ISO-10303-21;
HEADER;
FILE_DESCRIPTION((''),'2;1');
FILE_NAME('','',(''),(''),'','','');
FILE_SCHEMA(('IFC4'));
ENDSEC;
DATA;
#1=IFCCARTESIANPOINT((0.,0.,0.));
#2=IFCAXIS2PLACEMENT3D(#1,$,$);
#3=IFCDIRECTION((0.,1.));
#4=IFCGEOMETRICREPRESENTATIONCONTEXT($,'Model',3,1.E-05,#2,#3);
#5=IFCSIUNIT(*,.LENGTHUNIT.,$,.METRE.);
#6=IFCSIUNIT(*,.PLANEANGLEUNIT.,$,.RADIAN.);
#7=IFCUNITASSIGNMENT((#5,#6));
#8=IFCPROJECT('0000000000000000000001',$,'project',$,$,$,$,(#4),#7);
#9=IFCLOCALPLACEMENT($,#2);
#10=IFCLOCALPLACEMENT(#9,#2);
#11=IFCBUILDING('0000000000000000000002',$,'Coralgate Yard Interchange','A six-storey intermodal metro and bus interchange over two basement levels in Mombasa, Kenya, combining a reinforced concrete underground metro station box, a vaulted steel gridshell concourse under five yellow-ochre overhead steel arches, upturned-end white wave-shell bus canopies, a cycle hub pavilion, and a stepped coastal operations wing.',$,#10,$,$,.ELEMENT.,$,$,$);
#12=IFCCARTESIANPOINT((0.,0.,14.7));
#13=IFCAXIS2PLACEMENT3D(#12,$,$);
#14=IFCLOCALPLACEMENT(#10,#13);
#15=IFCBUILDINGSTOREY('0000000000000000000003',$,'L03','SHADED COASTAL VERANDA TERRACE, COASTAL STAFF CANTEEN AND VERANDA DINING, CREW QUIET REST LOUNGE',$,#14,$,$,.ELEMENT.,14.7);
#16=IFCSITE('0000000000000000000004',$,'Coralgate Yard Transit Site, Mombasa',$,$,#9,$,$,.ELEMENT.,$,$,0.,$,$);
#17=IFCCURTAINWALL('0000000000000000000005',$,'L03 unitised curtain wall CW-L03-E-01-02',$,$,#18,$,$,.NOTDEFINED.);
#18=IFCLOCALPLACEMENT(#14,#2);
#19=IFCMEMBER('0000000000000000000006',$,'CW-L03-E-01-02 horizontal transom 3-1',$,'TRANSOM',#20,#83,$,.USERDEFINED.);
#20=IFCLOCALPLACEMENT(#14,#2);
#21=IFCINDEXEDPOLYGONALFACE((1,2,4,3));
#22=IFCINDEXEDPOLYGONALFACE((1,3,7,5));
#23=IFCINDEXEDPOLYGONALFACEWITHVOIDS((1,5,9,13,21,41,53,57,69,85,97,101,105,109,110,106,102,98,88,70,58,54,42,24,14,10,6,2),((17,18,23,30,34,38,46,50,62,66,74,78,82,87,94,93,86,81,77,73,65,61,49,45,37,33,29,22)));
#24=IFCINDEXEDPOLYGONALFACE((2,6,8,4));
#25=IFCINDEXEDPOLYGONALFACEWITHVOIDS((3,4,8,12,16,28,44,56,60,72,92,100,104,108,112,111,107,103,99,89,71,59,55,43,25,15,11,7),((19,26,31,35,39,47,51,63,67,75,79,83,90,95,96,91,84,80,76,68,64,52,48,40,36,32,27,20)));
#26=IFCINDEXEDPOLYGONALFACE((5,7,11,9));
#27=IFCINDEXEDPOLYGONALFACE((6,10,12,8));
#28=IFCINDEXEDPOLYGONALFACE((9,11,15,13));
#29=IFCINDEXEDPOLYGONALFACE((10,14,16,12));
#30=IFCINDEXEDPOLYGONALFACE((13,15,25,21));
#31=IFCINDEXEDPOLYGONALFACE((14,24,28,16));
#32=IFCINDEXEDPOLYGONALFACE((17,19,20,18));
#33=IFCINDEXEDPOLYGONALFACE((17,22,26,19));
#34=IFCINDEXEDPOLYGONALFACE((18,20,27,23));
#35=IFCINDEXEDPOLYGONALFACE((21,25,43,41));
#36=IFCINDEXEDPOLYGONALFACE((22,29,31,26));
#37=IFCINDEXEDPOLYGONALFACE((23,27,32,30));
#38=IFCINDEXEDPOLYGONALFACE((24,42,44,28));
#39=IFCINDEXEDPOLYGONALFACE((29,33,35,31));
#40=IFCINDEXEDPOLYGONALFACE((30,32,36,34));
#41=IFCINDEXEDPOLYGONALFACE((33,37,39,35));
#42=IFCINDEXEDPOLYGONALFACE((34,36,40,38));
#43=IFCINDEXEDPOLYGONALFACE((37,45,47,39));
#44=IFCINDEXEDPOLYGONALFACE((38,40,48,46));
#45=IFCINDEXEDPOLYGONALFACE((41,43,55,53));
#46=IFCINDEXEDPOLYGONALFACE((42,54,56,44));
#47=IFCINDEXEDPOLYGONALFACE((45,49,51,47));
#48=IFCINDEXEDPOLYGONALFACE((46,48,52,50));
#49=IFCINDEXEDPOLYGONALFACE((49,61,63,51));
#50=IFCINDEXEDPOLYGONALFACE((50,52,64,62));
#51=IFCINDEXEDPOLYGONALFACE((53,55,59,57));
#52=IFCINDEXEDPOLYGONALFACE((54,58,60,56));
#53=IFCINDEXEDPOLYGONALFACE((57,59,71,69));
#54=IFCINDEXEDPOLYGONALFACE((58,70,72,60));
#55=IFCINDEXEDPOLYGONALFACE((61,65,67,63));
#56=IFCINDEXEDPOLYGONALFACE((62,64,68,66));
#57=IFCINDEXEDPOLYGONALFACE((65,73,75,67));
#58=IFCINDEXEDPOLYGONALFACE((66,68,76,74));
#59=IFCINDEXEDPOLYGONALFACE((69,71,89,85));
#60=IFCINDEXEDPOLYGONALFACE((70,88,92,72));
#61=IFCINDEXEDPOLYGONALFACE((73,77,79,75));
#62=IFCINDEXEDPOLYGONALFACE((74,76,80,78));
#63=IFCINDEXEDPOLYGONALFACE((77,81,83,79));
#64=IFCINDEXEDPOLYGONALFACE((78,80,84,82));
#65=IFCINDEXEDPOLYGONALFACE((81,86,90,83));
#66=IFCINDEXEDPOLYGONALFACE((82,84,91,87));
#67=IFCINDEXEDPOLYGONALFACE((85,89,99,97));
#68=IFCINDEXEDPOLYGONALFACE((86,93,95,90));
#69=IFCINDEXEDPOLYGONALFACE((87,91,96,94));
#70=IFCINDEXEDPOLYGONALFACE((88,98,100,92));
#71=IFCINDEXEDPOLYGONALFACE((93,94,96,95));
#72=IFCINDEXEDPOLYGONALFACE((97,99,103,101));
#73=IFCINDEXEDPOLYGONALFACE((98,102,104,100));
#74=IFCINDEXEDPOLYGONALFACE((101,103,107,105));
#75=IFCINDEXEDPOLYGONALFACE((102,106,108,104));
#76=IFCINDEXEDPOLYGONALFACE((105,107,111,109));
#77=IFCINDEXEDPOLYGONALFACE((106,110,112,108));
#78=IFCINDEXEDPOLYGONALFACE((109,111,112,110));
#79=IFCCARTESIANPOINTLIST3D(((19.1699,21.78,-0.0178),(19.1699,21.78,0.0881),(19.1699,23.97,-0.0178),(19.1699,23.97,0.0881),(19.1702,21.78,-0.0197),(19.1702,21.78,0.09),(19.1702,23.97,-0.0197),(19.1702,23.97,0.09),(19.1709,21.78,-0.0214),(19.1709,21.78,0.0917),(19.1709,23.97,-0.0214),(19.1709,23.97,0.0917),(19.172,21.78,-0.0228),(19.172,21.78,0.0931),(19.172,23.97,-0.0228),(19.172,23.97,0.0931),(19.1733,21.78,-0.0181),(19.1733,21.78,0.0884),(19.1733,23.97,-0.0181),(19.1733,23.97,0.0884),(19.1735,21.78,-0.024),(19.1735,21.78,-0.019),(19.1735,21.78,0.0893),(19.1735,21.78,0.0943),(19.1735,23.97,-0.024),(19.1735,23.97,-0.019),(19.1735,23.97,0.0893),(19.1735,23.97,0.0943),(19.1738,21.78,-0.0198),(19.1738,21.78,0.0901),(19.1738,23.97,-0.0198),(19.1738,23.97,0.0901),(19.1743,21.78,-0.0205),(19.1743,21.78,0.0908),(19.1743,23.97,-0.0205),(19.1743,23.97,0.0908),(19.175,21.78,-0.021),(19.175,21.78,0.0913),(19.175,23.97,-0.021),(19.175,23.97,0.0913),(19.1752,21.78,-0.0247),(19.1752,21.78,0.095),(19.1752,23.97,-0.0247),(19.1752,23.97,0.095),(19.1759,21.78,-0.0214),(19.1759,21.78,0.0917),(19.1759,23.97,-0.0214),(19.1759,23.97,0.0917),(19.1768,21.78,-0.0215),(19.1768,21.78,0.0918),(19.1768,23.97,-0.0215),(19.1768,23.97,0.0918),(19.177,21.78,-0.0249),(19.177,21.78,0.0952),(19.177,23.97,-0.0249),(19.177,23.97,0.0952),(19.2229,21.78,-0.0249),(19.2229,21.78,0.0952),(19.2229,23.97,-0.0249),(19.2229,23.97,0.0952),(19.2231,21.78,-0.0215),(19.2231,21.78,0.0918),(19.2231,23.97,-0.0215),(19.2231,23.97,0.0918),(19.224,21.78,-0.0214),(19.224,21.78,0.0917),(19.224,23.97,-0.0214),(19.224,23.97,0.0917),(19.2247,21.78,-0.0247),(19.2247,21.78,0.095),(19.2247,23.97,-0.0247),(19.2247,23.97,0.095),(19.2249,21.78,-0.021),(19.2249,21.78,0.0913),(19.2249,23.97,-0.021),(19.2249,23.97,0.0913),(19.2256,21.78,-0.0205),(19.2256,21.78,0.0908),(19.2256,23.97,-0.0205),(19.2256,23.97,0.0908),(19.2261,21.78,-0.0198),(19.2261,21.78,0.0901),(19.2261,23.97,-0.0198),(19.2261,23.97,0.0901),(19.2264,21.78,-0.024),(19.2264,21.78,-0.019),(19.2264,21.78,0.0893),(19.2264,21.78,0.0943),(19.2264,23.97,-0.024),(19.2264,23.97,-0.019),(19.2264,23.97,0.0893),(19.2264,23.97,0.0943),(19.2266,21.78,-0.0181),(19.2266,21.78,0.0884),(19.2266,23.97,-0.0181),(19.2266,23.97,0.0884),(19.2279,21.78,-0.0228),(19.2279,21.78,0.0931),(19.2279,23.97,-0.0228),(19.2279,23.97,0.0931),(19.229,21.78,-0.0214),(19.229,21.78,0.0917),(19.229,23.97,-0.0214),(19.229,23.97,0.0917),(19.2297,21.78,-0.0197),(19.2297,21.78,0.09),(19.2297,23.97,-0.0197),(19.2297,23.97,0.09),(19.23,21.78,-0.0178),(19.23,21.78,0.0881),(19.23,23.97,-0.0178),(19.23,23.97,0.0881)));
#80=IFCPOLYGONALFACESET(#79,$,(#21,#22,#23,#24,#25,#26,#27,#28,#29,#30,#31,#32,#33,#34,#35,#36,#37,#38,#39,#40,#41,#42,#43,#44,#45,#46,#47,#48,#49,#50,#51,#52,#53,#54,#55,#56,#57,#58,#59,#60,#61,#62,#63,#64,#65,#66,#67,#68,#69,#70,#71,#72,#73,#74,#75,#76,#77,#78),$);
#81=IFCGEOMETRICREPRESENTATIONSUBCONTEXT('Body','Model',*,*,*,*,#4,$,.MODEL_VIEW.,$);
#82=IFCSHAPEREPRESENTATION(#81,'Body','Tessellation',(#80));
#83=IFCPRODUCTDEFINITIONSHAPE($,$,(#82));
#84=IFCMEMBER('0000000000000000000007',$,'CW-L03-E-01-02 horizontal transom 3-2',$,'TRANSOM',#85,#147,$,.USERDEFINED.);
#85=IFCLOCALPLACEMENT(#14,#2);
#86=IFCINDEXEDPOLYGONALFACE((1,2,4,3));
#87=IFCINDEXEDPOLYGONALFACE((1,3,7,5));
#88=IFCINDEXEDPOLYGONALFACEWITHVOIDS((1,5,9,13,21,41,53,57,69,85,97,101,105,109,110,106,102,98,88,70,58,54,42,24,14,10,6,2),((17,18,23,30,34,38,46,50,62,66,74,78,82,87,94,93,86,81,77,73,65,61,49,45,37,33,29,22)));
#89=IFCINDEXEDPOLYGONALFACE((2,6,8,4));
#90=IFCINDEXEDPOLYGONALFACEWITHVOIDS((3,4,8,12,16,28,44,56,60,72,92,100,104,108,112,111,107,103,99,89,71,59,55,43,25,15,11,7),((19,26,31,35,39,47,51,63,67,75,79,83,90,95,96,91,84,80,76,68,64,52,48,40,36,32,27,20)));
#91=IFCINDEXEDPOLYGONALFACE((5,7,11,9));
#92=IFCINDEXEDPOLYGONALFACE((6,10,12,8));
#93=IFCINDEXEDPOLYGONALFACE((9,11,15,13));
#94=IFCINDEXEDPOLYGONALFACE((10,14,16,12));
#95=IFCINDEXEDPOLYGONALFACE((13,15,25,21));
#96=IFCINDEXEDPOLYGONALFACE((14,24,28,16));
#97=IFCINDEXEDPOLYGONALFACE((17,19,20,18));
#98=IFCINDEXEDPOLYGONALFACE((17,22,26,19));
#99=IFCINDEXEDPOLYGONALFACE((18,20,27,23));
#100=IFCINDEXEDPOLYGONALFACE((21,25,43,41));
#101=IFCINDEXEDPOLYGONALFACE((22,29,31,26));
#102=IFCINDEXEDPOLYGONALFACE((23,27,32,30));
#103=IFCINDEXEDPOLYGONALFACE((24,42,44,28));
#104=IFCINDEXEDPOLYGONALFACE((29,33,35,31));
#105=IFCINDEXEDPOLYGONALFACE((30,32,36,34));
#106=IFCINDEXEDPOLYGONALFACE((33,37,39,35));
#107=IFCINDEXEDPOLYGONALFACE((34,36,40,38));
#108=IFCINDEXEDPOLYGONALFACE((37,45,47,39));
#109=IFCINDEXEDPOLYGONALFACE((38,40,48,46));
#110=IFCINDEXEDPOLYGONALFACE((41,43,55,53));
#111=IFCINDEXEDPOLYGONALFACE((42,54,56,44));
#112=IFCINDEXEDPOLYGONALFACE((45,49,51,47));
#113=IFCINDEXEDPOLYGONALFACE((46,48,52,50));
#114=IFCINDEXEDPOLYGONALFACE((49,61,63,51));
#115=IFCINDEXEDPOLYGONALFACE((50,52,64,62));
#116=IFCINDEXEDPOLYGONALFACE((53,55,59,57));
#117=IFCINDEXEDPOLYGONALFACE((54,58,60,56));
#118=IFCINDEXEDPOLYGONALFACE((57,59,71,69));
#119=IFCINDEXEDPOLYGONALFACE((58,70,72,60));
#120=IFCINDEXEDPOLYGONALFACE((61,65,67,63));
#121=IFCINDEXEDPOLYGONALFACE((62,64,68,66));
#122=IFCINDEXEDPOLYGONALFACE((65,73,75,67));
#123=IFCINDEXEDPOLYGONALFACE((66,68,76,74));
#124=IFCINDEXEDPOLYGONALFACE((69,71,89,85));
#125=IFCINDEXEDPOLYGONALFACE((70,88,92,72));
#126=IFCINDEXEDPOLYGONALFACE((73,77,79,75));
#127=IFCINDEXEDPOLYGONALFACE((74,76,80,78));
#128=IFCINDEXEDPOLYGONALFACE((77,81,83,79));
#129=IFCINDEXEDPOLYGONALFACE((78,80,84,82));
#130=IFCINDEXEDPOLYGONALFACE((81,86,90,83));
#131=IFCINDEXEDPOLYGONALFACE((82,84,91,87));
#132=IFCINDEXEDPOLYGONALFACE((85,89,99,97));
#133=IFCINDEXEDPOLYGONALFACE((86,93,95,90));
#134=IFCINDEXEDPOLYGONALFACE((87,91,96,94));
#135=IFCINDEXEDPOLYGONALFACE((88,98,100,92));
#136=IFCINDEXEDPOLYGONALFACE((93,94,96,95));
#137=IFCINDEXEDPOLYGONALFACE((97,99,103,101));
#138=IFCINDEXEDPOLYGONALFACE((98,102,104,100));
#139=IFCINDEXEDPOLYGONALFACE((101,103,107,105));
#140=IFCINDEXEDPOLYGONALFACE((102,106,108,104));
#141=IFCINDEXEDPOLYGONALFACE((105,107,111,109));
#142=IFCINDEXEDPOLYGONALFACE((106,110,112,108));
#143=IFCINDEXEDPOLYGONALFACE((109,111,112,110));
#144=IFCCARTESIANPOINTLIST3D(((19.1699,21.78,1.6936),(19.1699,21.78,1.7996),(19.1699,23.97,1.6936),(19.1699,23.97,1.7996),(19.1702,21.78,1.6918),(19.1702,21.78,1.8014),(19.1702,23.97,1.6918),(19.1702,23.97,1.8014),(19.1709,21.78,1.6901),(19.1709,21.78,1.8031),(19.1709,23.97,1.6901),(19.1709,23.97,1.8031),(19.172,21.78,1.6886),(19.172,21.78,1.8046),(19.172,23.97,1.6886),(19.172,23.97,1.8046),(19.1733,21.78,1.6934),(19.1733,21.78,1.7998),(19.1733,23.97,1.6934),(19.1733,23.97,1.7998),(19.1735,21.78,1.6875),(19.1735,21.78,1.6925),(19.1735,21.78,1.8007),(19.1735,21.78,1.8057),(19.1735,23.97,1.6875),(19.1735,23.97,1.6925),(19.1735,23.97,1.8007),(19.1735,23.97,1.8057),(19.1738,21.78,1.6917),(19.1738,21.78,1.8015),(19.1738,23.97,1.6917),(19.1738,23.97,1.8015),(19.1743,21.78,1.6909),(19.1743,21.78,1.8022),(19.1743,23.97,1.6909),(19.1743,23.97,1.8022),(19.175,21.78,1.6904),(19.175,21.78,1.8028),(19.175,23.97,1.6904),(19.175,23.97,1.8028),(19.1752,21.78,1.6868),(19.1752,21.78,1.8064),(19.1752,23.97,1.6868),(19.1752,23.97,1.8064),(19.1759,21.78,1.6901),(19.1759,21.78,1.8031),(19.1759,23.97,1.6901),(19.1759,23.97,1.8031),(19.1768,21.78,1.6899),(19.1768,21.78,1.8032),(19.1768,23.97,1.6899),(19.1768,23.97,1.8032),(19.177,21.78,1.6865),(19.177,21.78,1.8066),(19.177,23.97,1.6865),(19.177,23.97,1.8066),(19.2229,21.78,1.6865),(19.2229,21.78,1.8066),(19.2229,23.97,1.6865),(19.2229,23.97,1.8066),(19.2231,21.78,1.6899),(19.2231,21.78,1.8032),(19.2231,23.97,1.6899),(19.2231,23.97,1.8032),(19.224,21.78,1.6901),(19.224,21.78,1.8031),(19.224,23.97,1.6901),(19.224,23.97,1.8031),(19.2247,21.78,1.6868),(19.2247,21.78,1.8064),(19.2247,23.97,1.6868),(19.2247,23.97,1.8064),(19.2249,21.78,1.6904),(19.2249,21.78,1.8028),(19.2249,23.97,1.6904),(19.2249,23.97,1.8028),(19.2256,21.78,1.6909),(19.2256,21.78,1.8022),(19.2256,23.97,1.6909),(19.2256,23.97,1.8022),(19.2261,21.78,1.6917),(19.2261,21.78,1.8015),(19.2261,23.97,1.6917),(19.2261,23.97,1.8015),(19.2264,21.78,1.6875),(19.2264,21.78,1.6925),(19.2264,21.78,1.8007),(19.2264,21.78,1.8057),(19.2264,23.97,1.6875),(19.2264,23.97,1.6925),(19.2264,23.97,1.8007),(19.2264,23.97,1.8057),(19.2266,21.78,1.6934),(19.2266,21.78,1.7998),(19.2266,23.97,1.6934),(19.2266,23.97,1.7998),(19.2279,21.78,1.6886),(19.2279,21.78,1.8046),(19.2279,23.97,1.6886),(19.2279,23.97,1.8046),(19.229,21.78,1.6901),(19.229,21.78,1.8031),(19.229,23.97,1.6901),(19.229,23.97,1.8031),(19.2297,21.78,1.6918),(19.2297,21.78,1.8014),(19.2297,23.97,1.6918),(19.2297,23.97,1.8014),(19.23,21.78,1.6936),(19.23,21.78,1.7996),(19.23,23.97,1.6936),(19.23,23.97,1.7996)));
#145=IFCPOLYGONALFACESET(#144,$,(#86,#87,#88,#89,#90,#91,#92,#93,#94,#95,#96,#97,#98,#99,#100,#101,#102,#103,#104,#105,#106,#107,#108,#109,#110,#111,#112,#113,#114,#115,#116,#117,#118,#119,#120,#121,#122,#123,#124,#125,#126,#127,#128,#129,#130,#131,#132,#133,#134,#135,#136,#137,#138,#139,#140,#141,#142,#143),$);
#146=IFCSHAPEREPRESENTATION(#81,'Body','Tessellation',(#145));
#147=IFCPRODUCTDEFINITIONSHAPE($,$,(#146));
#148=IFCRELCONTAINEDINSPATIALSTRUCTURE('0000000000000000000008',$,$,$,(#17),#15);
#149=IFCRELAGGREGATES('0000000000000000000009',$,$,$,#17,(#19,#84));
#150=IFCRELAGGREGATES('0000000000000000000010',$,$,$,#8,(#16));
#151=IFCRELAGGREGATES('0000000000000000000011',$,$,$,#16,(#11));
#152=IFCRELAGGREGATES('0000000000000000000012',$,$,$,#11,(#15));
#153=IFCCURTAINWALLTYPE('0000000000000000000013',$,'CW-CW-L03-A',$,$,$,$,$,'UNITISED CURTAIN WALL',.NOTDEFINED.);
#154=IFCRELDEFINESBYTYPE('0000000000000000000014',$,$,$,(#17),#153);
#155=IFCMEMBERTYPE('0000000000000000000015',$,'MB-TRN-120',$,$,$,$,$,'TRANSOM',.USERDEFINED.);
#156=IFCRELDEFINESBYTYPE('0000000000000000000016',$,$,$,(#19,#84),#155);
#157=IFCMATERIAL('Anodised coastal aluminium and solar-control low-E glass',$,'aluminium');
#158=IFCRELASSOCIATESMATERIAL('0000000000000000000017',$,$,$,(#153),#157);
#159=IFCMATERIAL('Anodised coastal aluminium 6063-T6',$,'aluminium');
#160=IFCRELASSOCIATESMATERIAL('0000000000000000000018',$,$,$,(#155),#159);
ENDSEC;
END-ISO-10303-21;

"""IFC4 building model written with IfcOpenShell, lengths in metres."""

from ifc_helpers import new_model, si_unit, direction, frame, origin, origin_2d, place, context, subcontext, project, spatial, hollow_rectangle, extrude, material, material_profile, profile_set, type_object, element, aggregate, save


model = new_model("IFC4")

# Units and contexts
model_context = context("Model", 3, precision=1e-05, world=origin(), true_north=direction((0.0, 1.0)))
body_context = subcontext(model_context, "Body", "Model", "MODEL_VIEW")
ifc_project = project(units=[si_unit("LENGTHUNIT", "METRE"), si_unit("PLANEANGLEUNIT", "RADIAN")], contexts=[model_context])

# Site, building, storey
site_placement = place(None, origin())
site = spatial("IfcSite", under=ifc_project, at=site_placement, Name="Coralgate Yard Transit Site, Mombasa", CompositionType="ELEMENT", RefElevation=0.0)
building_placement = place(site_placement, origin())
building = spatial("IfcBuilding", under=site, at=building_placement, Name="Coralgate Yard Interchange", Description="A six-storey intermodal metro and bus interchange over two basement levels in Mombasa, Kenya, combining a reinforced concrete underground metro station box, a vaulted steel gridshell concourse under five yellow-ochre overhead steel arches, upturned-end white wave-shell bus canopies, a cycle hub pavilion, and a stepped coastal operations wing.", CompositionType="ELEMENT")
storey_placement = place(building_placement, frame((0.0, 0.0, 14.7)))
storey = spatial("IfcBuildingStorey", under=building, at=storey_placement, Name="L03", Description="SHADED COASTAL VERANDA TERRACE, COASTAL STAFF CANTEEN AND VERANDA DINING, CREW QUIET REST LOUNGE", CompositionType="ELEMENT", Elevation=14.7)

# Curtain wall, members
ifc_material_1 = material(Name="Anodised coastal aluminium and solar-control low-E glass", Category="aluminium")
curtain_wall_type = type_object("IfcCurtainWallType", Name="CW-CW-L03-A", ElementType="UNITISED CURTAIN WALL", PredefinedType="NOTDEFINED", material=ifc_material_1)
curtain_wall_placement = place(storey_placement, origin())
curtain_wall = element("IfcCurtainWall", 1, at=curtain_wall_placement, inside=storey, type_object=curtain_wall_type, Name="L03 unitised curtain wall CW-L03-E-01-02", PredefinedType="NOTDEFINED")
ifc_material_2 = material(Name="Anodised coastal aluminium 6063-T6", Category="aluminium")
ifc_material_profile_1 = material_profile(ifc_material_2, hollow_rectangle(XDim=0.0601, YDim=0.1201, WallThickness=0.0034, InnerFilletRadius=0.0034, OuterFilletRadius=0.0071, at=origin_2d()), Name="ALU 60x120x3.5")
ifc_profile_set_1 = profile_set([ifc_material_profile_1], Name="Anodised coastal aluminium 6063-T6")
member_type_1 = type_object("IfcMemberType", Name="MB-TRN-120", ElementType="TRANSOM", PredefinedType="USERDEFINED", material=ifc_profile_set_1)
member_1_placement = place(storey_placement, frame((19.2, 23.97, 0.0352), z_axis=(0.0, -1.0, 0.0), x_axis=(1.0, 0.0, 0.0)))
member_1 = element("IfcMember", 2, at=member_1_placement, type_object=member_type_1, Name="CW-L03-E-01-02 horizontal transom 3-1", ObjectType="TRANSOM", PredefinedType="USERDEFINED", context=body_context, shape_type="SweptSolid", body=[
    extrude(hollow_rectangle(XDim=0.0601, YDim=0.1201, WallThickness=0.0034, InnerFilletRadius=0.0034, OuterFilletRadius=0.0071, at=origin_2d()), origin(), (0.0, 0.0, 1.0), 2.1899),
])
member_2_placement = place(storey_placement, frame((19.2, 23.97, 1.7466), z_axis=(0.0, -1.0, 0.0), x_axis=(1.0, 0.0, 0.0)))
member_2 = element("IfcMember", 3, at=member_2_placement, type_object=member_type_1, Name="CW-L03-E-01-02 horizontal transom 3-2", ObjectType="TRANSOM", PredefinedType="USERDEFINED", context=body_context, shape_type="SweptSolid", body=[
    extrude(hollow_rectangle(XDim=0.0601, YDim=0.1201, WallThickness=0.0034, InnerFilletRadius=0.0034, OuterFilletRadius=0.0071, at=origin_2d()), origin(), (0.0, 0.0, 1.0), 2.1899),
])
aggregate(curtain_wall, [member_1, member_2])

save(model, "model.ifc")
